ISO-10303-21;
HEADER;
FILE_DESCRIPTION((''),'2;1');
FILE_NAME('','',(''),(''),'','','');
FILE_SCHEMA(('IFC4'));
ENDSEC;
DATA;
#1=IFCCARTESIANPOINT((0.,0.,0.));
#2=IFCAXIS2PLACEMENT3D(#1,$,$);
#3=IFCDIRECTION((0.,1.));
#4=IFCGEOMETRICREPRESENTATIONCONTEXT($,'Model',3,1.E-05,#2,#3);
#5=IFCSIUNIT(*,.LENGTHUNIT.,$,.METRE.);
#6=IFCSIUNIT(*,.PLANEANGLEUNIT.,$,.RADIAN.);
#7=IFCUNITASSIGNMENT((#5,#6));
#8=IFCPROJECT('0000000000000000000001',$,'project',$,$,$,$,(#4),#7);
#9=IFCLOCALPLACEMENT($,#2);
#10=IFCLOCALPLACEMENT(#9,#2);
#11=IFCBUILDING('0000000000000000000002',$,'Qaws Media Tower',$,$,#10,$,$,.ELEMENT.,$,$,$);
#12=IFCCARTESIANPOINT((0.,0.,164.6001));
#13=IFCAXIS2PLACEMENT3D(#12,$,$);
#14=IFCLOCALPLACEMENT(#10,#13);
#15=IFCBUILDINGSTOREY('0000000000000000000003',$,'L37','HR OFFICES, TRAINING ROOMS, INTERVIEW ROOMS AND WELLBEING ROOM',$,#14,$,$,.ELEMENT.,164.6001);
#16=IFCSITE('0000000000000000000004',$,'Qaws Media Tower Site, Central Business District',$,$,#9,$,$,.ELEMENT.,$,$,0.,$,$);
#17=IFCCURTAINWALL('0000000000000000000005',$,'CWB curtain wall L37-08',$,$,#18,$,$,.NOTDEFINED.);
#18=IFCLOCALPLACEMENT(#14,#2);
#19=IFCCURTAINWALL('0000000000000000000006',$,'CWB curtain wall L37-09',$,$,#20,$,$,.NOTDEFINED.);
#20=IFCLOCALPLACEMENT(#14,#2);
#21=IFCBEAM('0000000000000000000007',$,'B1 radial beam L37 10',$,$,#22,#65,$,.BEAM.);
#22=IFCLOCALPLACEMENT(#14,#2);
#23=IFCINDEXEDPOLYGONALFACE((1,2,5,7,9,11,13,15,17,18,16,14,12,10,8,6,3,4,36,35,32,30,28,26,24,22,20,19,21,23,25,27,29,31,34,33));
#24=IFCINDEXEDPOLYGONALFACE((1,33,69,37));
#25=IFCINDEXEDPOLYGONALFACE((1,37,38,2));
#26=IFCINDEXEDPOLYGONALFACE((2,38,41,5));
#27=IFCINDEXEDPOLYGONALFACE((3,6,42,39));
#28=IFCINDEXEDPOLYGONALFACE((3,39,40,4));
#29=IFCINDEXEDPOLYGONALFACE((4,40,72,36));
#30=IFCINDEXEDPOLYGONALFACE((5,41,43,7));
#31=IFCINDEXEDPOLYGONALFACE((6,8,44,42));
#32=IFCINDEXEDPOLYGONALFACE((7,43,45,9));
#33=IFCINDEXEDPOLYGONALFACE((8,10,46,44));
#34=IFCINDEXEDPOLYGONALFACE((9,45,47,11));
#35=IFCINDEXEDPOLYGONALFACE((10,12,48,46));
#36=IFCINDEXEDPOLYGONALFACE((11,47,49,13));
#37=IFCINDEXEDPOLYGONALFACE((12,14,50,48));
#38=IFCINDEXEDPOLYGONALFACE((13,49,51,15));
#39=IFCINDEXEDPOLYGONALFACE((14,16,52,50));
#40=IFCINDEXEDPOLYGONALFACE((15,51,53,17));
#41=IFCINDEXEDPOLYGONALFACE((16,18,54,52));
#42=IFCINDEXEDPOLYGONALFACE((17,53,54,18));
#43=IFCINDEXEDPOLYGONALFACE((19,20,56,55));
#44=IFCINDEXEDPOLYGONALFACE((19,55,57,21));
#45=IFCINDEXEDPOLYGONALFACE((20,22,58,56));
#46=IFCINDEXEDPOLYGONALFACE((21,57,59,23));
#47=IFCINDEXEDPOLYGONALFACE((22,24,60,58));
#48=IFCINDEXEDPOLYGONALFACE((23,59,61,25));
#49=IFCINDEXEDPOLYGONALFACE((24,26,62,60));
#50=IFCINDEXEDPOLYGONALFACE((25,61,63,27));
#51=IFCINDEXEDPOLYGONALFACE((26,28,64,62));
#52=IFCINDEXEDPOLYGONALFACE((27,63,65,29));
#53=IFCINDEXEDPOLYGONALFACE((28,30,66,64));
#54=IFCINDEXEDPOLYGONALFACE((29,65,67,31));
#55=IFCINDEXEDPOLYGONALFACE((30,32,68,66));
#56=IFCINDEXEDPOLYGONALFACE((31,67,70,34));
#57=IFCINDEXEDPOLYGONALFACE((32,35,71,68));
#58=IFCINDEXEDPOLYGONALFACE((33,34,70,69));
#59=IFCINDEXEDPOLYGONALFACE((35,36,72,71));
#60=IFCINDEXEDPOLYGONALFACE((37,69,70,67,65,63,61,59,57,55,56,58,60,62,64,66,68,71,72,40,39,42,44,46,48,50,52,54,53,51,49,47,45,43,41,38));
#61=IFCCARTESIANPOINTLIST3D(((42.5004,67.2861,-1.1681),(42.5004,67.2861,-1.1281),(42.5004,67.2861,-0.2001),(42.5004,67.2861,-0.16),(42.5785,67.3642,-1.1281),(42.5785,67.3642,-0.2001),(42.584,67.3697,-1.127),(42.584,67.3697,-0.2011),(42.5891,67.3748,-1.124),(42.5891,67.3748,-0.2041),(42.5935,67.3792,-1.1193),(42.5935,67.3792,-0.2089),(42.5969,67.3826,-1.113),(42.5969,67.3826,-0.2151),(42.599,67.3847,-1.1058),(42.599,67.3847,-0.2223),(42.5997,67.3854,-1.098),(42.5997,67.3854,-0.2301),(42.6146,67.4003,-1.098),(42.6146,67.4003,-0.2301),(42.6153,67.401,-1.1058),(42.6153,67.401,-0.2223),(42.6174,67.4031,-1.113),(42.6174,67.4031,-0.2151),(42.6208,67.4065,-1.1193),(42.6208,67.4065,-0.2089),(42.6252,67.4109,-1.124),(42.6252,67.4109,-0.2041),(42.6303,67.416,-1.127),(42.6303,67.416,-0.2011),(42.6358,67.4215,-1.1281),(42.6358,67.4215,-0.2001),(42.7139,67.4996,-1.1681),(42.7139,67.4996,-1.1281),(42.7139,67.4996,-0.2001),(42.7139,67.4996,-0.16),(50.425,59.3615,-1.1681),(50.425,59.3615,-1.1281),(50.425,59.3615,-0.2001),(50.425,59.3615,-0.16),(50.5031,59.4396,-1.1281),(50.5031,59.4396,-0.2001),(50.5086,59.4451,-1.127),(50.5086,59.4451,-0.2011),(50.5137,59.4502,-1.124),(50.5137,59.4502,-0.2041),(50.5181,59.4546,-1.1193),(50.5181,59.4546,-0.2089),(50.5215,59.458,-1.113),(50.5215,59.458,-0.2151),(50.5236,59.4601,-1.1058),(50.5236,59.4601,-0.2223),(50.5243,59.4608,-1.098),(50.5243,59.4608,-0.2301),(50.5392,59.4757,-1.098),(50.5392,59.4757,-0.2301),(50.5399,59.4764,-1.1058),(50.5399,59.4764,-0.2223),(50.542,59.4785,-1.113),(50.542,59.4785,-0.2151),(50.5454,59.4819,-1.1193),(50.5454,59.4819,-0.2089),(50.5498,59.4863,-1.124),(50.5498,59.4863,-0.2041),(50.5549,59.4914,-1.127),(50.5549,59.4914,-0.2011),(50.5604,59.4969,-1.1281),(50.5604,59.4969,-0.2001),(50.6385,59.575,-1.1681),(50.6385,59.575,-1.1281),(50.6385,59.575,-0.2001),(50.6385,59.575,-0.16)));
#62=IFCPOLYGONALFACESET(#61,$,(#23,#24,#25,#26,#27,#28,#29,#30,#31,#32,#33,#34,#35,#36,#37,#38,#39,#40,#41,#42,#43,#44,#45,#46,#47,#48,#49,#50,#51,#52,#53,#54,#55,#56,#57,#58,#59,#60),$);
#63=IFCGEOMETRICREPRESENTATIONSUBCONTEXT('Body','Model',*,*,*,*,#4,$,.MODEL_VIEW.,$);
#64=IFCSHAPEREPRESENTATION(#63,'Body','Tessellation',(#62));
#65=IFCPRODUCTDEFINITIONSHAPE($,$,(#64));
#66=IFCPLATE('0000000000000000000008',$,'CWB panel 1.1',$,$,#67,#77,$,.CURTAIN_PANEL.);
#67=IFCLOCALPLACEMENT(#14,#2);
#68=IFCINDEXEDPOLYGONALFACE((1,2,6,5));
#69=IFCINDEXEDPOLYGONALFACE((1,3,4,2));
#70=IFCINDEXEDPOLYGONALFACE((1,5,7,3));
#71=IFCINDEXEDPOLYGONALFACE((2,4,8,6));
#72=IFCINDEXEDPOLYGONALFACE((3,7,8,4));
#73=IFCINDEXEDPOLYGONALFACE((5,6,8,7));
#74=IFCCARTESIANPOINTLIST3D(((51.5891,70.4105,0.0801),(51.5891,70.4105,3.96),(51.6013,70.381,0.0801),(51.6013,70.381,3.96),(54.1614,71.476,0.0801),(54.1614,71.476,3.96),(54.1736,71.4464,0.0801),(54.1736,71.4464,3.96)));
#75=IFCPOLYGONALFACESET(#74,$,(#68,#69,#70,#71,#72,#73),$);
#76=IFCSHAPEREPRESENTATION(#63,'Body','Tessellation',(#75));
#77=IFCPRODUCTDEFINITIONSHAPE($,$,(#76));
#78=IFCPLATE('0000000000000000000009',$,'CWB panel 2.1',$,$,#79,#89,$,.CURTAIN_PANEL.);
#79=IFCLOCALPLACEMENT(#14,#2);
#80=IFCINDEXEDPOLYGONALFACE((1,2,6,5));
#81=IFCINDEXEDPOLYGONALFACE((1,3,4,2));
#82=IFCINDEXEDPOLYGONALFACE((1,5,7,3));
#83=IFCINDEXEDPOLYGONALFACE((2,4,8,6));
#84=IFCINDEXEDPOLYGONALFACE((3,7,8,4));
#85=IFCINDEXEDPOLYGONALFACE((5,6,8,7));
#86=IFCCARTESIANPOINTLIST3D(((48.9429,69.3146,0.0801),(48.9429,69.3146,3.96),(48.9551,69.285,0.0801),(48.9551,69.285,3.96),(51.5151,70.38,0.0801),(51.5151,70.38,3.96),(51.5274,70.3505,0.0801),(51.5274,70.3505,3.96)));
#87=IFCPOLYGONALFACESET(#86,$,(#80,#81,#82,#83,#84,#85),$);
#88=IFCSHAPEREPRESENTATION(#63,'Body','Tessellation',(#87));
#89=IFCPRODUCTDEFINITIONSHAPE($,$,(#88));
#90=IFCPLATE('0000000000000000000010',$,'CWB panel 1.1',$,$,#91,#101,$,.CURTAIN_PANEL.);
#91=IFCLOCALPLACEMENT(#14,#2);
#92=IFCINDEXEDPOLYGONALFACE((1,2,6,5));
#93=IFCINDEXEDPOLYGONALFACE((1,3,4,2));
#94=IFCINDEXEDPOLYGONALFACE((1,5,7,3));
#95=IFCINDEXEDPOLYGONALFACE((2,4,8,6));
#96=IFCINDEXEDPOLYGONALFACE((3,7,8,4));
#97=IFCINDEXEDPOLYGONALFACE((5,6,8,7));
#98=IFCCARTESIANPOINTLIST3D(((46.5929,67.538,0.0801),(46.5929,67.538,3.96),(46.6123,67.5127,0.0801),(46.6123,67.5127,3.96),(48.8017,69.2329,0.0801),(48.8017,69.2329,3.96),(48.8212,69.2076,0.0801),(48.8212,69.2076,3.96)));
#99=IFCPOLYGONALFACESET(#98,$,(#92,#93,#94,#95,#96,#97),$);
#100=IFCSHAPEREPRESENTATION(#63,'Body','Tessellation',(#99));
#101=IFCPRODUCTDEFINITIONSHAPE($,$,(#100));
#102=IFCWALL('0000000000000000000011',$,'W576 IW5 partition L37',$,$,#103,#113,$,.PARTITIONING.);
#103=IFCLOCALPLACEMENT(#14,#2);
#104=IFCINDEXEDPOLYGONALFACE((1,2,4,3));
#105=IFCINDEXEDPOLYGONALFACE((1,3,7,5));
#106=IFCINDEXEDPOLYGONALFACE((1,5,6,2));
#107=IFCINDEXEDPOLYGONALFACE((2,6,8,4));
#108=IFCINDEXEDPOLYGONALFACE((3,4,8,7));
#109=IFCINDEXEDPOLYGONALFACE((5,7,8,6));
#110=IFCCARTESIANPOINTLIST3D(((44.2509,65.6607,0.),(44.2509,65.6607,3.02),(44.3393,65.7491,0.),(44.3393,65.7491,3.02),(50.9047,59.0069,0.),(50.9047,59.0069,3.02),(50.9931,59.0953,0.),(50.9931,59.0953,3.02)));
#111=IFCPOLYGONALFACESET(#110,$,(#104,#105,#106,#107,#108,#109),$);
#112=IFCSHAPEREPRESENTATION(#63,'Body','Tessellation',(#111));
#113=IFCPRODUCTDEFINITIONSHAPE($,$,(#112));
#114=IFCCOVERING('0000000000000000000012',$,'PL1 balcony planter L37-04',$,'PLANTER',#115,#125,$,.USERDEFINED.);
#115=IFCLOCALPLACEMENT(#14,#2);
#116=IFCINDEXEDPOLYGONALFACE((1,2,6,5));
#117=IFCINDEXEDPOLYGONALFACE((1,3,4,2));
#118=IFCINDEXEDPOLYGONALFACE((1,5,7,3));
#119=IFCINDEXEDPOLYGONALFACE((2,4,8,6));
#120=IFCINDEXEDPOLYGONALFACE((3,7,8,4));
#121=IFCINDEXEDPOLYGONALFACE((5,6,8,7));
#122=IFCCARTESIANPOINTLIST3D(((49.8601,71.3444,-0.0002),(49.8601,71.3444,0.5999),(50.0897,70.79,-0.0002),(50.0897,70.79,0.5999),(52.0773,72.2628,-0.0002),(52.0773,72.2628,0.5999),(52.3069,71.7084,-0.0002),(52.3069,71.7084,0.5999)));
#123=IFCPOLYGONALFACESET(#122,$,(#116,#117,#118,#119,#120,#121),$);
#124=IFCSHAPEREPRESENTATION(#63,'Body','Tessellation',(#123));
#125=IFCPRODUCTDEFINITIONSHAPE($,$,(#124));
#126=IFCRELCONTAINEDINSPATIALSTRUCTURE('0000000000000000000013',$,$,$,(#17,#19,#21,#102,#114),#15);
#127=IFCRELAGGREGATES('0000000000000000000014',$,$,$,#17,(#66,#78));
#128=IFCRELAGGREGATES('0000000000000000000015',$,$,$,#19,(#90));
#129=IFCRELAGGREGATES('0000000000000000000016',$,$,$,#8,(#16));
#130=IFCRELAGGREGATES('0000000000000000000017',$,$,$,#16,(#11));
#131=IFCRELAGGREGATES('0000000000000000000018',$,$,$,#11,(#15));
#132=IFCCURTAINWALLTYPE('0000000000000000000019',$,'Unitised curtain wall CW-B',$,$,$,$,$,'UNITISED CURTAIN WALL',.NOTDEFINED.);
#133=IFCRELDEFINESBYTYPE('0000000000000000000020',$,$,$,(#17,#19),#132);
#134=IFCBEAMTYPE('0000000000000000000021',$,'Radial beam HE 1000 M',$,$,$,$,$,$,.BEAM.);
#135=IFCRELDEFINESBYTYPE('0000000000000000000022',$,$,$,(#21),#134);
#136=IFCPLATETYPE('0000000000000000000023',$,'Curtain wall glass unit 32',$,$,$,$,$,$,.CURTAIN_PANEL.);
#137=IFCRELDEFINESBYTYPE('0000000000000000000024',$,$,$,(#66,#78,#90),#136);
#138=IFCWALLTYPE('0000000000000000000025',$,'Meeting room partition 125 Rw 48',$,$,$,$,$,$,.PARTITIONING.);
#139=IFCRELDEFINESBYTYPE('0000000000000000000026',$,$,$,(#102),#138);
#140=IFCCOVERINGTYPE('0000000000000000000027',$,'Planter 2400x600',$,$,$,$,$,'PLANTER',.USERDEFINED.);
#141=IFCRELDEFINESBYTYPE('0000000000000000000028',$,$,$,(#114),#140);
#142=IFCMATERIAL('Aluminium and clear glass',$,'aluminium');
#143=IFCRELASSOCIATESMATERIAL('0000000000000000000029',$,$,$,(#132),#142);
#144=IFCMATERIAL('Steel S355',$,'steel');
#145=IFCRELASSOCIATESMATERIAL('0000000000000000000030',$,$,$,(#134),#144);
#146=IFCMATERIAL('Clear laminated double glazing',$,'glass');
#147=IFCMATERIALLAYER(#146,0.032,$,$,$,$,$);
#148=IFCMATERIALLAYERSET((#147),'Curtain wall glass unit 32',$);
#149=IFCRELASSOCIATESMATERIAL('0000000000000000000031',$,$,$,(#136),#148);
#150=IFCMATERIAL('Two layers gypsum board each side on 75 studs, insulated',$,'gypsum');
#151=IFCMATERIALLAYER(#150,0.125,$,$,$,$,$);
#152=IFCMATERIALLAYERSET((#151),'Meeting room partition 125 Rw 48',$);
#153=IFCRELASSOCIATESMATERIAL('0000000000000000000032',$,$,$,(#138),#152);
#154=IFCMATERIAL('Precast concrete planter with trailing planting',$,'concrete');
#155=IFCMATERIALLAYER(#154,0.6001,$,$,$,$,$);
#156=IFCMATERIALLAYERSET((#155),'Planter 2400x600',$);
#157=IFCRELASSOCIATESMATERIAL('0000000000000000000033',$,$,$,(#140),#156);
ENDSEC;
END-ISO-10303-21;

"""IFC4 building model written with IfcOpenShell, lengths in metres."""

from ifc_helpers import new_model, si_unit, direction, frame, frame_2d, origin, origin_2d, place, context, subcontext, project, spatial, rectangle, i_section, extrude, material, layer, layer_set, material_profile, profile_set, type_object, element, aggregate, save


model = new_model("IFC4")

# Units and contexts
model_context = context("Model", 3, precision=1e-05, world=origin(), true_north=direction((0.0, 1.0)))
body_context = subcontext(model_context, "Body", "Model", "MODEL_VIEW")
ifc_project = project(units=[si_unit("LENGTHUNIT", "METRE"), si_unit("PLANEANGLEUNIT", "RADIAN")], contexts=[model_context])

# Site, building, storey
site_placement = place(None, origin())
site = spatial("IfcSite", under=ifc_project, at=site_placement, Name="Qaws Media Tower Site, Central Business District", CompositionType="ELEMENT", RefElevation=0.0)
building_placement = place(site_placement, origin())
building = spatial("IfcBuilding", under=site, at=building_placement, Name="Qaws Media Tower", CompositionType="ELEMENT")
storey_placement = place(building_placement, frame((0.0, 0.0, 164.6001)))
storey = spatial("IfcBuildingStorey", under=building, at=storey_placement, Name="L37", Description="HR OFFICES, TRAINING ROOMS, INTERVIEW ROOMS AND WELLBEING ROOM", CompositionType="ELEMENT", Elevation=164.6001)

# Curtain walls
ifc_material_1 = material(Name="Aluminium and clear glass", Category="aluminium")
curtain_wall_type = type_object("IfcCurtainWallType", Name="Unitised curtain wall CW-B", ElementType="UNITISED CURTAIN WALL", PredefinedType="NOTDEFINED", material=ifc_material_1)
curtain_wall_1_placement = place(storey_placement, origin())
curtain_wall_1 = element("IfcCurtainWall", 1, at=curtain_wall_1_placement, inside=storey, type_object=curtain_wall_type, Name="CWB curtain wall L37-08", PredefinedType="NOTDEFINED")
curtain_wall_2_placement = place(storey_placement, origin())
curtain_wall_2 = element("IfcCurtainWall", 2, at=curtain_wall_2_placement, inside=storey, type_object=curtain_wall_type, Name="CWB curtain wall L37-09", PredefinedType="NOTDEFINED")

# Beam
ifc_material_2 = material(Name="Steel S355", Category="steel")
ifc_material_profile_1 = material_profile(ifc_material_2, i_section(OverallWidth=0.302, OverallDepth=1.0081, WebThickness=0.021, FlangeThickness=0.04, FilletRadius=0.03, at=origin_2d()), Name="HE 1000 M")
ifc_profile_set_1 = profile_set([ifc_material_profile_1], Name="Steel S355")
beam_type_1 = type_object("IfcBeamType", Name="Radial beam HE 1000 M", PredefinedType="BEAM", material=ifc_profile_set_1)
beam_1_placement = place(storey_placement, frame((50.5317, 59.4683, -0.6641), z_axis=(-0.707107, 0.707107, 0.0), x_axis=(-0.707107, -0.707107, 0.0)))
element("IfcBeam", 3, at=beam_1_placement, inside=storey, type_object=beam_type_1, Name="B1 radial beam L37 10", PredefinedType="BEAM", context=body_context, shape_type="SweptSolid", body=[
    extrude(i_section(OverallWidth=0.302, OverallDepth=1.0081, WebThickness=0.021, FlangeThickness=0.04, FilletRadius=0.03, at=origin_2d()), origin(), (0.0, 0.0, 1.0), 11.207),
])

# Plates
ifc_material_3 = material(Name="Clear laminated double glazing", Category="glass")
ifc_layer_1 = layer(ifc_material_3, 0.032)
ifc_layer_set_1 = layer_set([ifc_layer_1], Name="Curtain wall glass unit 32")
plate_type = type_object("IfcPlateType", Name="Curtain wall glass unit 32", PredefinedType="CURTAIN_PANEL", material=ifc_layer_set_1)
plate_1_placement = place(storey_placement, frame((52.8813, 70.9285, 0.0801), z_axis=(0.0, 0.0, 1.0), x_axis=(-0.923879, -0.382684, 0.0)))
plate_1 = element("IfcPlate", 4, at=plate_1_placement, type_object=plate_type, Name="CWB panel 1.1", PredefinedType="CURTAIN_PANEL", context=body_context, shape_type="SweptSolid", body=[
    extrude(rectangle(XDim=2.7842, YDim=0.032, at=origin_2d()), origin(), (0.0, 0.0, 1.0), 3.8799),
])
plate_2_placement = place(storey_placement, frame((50.2351, 69.8325, 0.0801), z_axis=(0.0, 0.0, 1.0), x_axis=(-0.923879, -0.382684, 0.0)))
plate_2 = element("IfcPlate", 5, at=plate_2_placement, type_object=plate_type, Name="CWB panel 2.1", PredefinedType="CURTAIN_PANEL", context=body_context, shape_type="SweptSolid", body=[
    extrude(rectangle(XDim=2.7842, YDim=0.032, at=origin_2d()), origin(), (0.0, 0.0, 1.0), 3.8799),
])
aggregate(curtain_wall_1, [plate_1, plate_2])
plate_3_placement = place(storey_placement, frame((47.707, 68.3728, 0.0801), z_axis=(0.0, 0.0, 1.0), x_axis=(-0.793353, -0.608761, 0.0)))
plate_3 = element("IfcPlate", 6, at=plate_3_placement, type_object=plate_type, Name="CWB panel 1.1", PredefinedType="CURTAIN_PANEL", context=body_context, shape_type="SweptSolid", body=[
    extrude(rectangle(XDim=2.7842, YDim=0.032, at=origin_2d()), origin(), (0.0, 0.0, 1.0), 3.8799),
])
aggregate(curtain_wall_2, [plate_3])

# Wall
ifc_material_4 = material(Name="Two layers gypsum board each side on 75 studs, insulated", Category="gypsum")
ifc_layer_2 = layer(ifc_material_4, 0.125)
ifc_layer_set_2 = layer_set([ifc_layer_2], Name="Meeting room partition 125 Rw 48")
wall_type_1 = type_object("IfcWallType", Name="Meeting room partition 125 Rw 48", PredefinedType="PARTITIONING", material=ifc_layer_set_2)
wall_1_placement = place(storey_placement, frame((50.949, 59.051, 0.0), z_axis=(0.0, 0.0, 1.0), x_axis=(-0.707107, 0.707107, 0.0)))
element("IfcWall", 7, at=wall_1_placement, inside=storey, type_object=wall_type_1, Name="W576 IW5 partition L37", PredefinedType="PARTITIONING", context=body_context, shape_type="SweptSolid", body=[
    extrude(rectangle(XDim=9.4099, YDim=0.125, at=frame_2d((4.7051, 0.0))), origin(), (0.0, 0.0, 1.0), 3.02),
])

# Covering
ifc_material_5 = material(Name="Precast concrete planter with trailing planting", Category="concrete")
ifc_layer_3 = layer(ifc_material_5, 0.6001)
ifc_layer_set_3 = layer_set([ifc_layer_3], Name="Planter 2400x600")
covering_type = type_object("IfcCoveringType", Name="Planter 2400x600", ElementType="PLANTER", PredefinedType="USERDEFINED", material=ifc_layer_set_3)
covering_placement = place(storey_placement, frame((51.0835, 71.5264, -0.0002), z_axis=(0.0, 0.0, 1.0), x_axis=(-0.92388, -0.382683, 0.0)))
element("IfcCovering", 8, at=covering_placement, inside=storey, type_object=covering_type, Name="PL1 balcony planter L37-04", ObjectType="PLANTER", PredefinedType="USERDEFINED", context=body_context, shape_type="SweptSolid", body=[
    extrude(rectangle(XDim=2.3999, YDim=0.6001, at=origin_2d()), origin(), (0.0, 0.0, 1.0), 0.6001),
])

save(model, "model.ifc")
